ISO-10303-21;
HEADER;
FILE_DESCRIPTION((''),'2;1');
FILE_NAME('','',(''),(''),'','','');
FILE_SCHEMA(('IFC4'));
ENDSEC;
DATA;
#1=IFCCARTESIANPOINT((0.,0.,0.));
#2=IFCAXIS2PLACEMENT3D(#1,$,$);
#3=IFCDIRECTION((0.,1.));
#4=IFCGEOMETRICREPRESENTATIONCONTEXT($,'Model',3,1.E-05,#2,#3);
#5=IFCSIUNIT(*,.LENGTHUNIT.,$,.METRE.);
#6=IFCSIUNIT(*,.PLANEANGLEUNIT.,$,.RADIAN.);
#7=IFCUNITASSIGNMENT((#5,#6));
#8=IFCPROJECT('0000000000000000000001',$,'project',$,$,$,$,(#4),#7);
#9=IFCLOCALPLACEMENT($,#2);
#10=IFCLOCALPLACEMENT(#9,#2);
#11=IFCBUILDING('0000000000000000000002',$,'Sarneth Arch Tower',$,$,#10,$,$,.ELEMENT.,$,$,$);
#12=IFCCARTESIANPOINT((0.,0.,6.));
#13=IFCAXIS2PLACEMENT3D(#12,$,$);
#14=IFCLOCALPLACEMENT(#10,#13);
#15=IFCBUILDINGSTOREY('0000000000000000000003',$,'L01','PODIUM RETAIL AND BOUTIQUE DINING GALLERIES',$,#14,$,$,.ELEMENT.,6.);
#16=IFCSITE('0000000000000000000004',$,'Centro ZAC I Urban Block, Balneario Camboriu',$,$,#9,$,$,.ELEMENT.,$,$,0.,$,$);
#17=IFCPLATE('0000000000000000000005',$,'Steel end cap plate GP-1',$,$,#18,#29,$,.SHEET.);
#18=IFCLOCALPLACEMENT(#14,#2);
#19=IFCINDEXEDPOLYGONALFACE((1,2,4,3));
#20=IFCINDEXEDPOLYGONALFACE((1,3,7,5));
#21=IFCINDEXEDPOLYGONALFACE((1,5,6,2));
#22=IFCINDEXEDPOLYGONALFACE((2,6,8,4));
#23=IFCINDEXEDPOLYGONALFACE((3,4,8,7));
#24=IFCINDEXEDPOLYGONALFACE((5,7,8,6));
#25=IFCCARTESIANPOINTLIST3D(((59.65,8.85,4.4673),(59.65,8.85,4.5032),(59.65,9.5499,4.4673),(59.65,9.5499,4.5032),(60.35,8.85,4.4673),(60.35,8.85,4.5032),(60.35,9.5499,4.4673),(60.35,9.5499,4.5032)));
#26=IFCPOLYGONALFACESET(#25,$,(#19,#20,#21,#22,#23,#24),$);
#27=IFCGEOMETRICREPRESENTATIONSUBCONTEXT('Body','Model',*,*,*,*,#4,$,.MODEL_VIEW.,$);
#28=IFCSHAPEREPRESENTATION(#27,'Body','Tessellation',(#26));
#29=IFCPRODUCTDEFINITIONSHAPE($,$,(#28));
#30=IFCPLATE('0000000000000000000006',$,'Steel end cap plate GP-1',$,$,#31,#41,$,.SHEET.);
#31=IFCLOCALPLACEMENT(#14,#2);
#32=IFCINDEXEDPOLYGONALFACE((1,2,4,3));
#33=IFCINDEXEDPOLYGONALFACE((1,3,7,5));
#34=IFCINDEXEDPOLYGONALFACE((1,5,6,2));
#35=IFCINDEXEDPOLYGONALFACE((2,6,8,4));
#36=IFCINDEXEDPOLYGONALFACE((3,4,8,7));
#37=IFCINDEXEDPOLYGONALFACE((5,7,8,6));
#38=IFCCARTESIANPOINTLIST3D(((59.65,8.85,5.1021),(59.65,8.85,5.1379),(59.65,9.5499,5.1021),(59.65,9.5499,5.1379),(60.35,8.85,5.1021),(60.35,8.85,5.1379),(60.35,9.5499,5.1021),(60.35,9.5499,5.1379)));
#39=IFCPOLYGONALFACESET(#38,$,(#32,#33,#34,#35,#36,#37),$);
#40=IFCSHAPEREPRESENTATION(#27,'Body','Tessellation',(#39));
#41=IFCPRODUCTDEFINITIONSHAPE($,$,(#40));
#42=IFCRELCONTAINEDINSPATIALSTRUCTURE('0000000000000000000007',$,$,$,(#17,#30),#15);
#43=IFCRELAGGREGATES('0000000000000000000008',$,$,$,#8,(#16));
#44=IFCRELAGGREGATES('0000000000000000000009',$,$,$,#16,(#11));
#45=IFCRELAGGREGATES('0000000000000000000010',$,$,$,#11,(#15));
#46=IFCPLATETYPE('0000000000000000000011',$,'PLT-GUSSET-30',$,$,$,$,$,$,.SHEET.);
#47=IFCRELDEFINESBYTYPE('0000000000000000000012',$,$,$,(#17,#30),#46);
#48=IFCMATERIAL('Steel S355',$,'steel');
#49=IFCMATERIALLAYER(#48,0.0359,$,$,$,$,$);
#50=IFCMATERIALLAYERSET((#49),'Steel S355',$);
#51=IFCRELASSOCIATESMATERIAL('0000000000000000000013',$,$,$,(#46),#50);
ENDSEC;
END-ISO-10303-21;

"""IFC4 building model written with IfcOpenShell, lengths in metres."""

from ifc_helpers import new_model, si_unit, direction, frame, origin, origin_2d, place, context, subcontext, project, spatial, rectangle, extrude, material, layer, layer_set, type_object, element, save


model = new_model("IFC4")

# Units and contexts
model_context = context("Model", 3, precision=1e-05, world=origin(), true_north=direction((0.0, 1.0)))
body_context = subcontext(model_context, "Body", "Model", "MODEL_VIEW")
ifc_project = project(units=[si_unit("LENGTHUNIT", "METRE"), si_unit("PLANEANGLEUNIT", "RADIAN")], contexts=[model_context])

# Site, building, storey
site_placement = place(None, origin())
site = spatial("IfcSite", under=ifc_project, at=site_placement, Name="Centro ZAC I Urban Block, Balneario Camboriu", CompositionType="ELEMENT", RefElevation=0.0)
building_placement = place(site_placement, origin())
building = spatial("IfcBuilding", under=site, at=building_placement, Name="Sarneth Arch Tower", CompositionType="ELEMENT")
storey_placement = place(building_placement, frame((0.0, 0.0, 6.0)))
storey = spatial("IfcBuildingStorey", under=building, at=storey_placement, Name="L01", Description="PODIUM RETAIL AND BOUTIQUE DINING GALLERIES", CompositionType="ELEMENT", Elevation=6.0)

# Plates
ifc_material_1 = material(Name="Steel S355", Category="steel")
ifc_layer_1 = layer(ifc_material_1, 0.0359)
ifc_layer_set_1 = layer_set([ifc_layer_1], Name="Steel S355")
plate_type_1 = type_object("IfcPlateType", Name="PLT-GUSSET-30", PredefinedType="SHEET", material=ifc_layer_set_1)
for number, where, z_axis, x_axis, name in (
    (1, (60.0, 9.2, 4.4673), (0.0, 0.0, 1.0), (1.0, 0.0, 0.0), "Steel end cap plate GP-1"),
    (2, (60.0, 9.2, 5.1021), (0.0, 0.0, 1.0), (1.0, 0.0, 0.0), "Steel end cap plate GP-1"),
):
    element("IfcPlate", number, at=place(storey_placement, frame(where, z_axis=z_axis, x_axis=x_axis)), inside=storey, type_object=plate_type_1, Name=name, PredefinedType="SHEET", context=body_context, shape_type="SweptSolid", body=[
        extrude(rectangle(XDim=0.7, YDim=0.7, at=origin_2d()), origin(), (0.0, 0.0, 1.0), 0.0359),
    ])

save(model, "model.ifc")
